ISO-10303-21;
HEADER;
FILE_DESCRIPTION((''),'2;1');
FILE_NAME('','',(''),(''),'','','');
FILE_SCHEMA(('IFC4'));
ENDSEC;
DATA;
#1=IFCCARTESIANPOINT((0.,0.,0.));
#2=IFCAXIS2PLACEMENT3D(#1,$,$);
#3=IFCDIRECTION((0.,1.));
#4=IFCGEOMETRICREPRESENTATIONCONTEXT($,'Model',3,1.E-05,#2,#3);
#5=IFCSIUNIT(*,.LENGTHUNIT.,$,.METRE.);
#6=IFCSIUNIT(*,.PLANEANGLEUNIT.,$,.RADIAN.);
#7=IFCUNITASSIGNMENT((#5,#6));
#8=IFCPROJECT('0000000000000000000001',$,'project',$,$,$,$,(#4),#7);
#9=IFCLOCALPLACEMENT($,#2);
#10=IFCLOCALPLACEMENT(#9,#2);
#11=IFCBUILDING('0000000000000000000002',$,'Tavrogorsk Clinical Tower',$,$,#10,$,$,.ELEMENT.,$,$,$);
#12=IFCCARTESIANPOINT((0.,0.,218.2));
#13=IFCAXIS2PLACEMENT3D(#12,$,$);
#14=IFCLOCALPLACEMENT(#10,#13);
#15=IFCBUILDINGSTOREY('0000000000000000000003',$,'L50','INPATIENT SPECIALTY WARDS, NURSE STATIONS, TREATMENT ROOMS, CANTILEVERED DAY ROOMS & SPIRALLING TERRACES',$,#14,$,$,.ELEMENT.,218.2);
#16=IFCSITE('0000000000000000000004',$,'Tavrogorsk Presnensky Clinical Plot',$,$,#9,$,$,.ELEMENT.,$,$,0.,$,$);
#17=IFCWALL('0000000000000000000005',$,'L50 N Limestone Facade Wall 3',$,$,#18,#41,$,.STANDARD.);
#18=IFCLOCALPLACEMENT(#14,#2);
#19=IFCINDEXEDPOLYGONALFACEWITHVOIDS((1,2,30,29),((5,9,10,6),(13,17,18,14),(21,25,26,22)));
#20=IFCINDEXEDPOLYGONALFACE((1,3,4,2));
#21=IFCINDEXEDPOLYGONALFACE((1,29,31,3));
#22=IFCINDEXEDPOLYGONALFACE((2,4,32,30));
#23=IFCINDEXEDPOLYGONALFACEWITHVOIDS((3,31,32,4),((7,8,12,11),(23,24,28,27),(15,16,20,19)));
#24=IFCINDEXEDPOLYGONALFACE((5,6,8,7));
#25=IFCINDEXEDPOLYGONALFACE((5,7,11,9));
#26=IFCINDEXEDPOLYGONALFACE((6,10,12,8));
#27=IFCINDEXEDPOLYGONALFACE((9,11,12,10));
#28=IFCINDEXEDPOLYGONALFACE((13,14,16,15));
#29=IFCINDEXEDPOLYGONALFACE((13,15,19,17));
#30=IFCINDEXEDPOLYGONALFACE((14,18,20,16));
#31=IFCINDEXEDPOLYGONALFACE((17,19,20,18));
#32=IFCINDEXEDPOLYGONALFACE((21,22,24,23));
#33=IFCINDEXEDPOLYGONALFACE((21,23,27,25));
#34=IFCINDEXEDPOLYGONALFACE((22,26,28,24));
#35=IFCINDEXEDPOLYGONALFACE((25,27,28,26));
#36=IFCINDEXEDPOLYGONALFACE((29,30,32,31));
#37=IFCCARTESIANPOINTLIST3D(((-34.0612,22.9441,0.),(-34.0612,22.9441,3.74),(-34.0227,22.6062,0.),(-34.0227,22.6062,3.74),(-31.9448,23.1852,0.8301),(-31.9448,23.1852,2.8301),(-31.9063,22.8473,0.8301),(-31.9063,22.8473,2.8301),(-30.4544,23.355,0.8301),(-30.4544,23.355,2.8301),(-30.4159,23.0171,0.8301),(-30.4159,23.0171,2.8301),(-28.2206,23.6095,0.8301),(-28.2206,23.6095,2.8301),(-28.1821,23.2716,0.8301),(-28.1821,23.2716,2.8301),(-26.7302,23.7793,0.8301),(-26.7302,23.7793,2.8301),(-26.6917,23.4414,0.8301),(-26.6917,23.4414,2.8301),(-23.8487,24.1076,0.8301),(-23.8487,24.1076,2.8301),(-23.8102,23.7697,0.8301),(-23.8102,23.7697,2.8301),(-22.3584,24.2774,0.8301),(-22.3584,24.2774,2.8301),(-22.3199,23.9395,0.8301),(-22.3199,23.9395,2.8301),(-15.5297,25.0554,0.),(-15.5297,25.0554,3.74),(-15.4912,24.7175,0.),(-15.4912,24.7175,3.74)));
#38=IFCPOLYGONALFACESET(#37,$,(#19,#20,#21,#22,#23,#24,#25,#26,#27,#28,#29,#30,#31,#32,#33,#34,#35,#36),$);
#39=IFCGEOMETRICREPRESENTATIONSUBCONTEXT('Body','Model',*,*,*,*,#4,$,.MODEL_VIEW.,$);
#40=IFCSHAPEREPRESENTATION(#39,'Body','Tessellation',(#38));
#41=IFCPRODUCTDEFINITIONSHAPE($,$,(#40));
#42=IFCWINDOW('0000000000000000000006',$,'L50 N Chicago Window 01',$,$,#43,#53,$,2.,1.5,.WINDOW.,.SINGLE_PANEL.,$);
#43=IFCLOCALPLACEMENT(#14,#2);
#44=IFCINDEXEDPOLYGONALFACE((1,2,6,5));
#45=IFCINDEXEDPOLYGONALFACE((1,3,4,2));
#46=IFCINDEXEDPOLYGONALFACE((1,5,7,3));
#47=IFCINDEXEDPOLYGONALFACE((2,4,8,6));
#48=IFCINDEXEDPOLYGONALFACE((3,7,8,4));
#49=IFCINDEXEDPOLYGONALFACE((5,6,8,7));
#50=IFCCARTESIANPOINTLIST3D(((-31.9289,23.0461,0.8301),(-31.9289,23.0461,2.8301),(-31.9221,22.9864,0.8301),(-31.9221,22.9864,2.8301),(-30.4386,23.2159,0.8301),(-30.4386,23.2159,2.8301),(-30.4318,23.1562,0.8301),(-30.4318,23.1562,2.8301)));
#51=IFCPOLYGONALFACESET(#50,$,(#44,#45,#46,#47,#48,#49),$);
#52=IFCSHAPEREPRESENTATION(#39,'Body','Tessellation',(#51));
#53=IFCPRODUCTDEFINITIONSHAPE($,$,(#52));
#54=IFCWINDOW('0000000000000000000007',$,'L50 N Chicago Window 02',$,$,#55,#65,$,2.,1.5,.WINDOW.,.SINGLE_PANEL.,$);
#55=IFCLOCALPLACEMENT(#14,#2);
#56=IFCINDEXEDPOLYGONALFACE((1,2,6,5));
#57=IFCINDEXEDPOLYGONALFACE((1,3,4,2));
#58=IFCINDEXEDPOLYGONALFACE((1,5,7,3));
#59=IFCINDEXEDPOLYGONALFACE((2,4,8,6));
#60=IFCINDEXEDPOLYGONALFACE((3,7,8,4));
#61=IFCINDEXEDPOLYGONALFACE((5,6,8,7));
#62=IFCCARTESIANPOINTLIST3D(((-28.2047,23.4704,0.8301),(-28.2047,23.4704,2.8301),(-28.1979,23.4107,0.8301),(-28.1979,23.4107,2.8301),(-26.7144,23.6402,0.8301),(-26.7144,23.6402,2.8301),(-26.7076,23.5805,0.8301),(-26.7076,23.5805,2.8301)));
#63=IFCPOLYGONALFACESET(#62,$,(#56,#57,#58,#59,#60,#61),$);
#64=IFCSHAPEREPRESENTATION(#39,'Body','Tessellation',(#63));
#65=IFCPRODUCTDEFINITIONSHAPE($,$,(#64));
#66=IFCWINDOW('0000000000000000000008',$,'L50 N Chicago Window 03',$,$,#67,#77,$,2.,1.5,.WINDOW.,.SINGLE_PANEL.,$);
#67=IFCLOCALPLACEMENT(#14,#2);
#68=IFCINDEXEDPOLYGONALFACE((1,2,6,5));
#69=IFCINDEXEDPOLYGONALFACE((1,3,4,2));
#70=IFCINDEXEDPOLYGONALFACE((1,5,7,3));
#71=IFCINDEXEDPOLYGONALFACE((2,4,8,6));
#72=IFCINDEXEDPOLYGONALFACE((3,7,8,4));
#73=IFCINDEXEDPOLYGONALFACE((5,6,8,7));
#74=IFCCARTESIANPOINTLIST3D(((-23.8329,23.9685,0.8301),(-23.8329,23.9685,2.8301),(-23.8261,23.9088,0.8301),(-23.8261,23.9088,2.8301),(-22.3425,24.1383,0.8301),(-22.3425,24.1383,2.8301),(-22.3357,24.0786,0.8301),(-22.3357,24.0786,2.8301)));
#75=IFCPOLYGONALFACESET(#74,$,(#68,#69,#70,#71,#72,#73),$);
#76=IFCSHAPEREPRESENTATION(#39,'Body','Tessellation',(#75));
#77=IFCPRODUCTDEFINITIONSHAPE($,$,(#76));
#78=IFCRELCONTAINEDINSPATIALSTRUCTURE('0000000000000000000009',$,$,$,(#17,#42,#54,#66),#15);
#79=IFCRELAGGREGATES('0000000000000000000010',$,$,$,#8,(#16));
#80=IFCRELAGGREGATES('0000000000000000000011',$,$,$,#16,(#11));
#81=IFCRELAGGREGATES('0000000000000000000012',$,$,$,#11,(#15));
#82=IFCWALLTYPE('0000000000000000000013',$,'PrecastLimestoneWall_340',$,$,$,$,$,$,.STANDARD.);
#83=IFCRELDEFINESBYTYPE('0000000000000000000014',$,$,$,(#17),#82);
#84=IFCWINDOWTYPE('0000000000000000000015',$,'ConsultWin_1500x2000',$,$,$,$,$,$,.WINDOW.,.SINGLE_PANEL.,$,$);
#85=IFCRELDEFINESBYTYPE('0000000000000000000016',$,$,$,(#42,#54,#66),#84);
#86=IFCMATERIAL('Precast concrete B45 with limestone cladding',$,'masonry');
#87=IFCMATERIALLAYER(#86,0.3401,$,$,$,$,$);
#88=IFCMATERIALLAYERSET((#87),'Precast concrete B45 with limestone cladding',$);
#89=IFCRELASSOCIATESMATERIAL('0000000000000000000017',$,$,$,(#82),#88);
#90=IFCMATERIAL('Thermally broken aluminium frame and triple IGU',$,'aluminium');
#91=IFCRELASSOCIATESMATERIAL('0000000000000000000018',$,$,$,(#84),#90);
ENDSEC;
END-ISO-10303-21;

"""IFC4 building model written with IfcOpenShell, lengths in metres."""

from ifc_helpers import new_model, si_unit, direction, frame, frame_2d, origin, place, context, subcontext, project, spatial, rectangle, extrude, material, layer, layer_set, type_object, element, fill, save


model = new_model("IFC4")

# Units and contexts
model_context = context("Model", 3, precision=1e-05, world=origin(), true_north=direction((0.0, 1.0)))
body_context = subcontext(model_context, "Body", "Model", "MODEL_VIEW")
ifc_project = project(units=[si_unit("LENGTHUNIT", "METRE"), si_unit("PLANEANGLEUNIT", "RADIAN")], contexts=[model_context])

# Site, building, storey
site_placement = place(None, origin())
site = spatial("IfcSite", under=ifc_project, at=site_placement, Name="Tavrogorsk Presnensky Clinical Plot", CompositionType="ELEMENT", RefElevation=0.0)
building_placement = place(site_placement, origin())
building = spatial("IfcBuilding", under=site, at=building_placement, Name="Tavrogorsk Clinical Tower", CompositionType="ELEMENT")
storey_placement = place(building_placement, frame((0.0, 0.0, 218.2)))
storey = spatial("IfcBuildingStorey", under=building, at=storey_placement, Name="L50", Description="INPATIENT SPECIALTY WARDS, NURSE STATIONS, TREATMENT ROOMS, CANTILEVERED DAY ROOMS & SPIRALLING TERRACES", CompositionType="ELEMENT", Elevation=218.2)

# Wall, openings, windows
ifc_material_1 = material(Name="Precast concrete B45 with limestone cladding", Category="masonry")
ifc_layer_1 = layer(ifc_material_1, 0.3401)
ifc_layer_set_1 = layer_set([ifc_layer_1], Name="Precast concrete B45 with limestone cladding")
wall_type_1 = type_object("IfcWallType", Name="PrecastLimestoneWall_340", PredefinedType="STANDARD", material=ifc_layer_set_1)
wall_1_placement = place(storey_placement, frame((-15.5105, 24.8865, 0.0), z_axis=(0.0, 0.0, 1.0), x_axis=(-0.993572, -0.1132, 0.0)))
wall_1 = element("IfcWall", 1, at=wall_1_placement, inside=storey, type_object=wall_type_1, Name="L50 N Limestone Facade Wall 3", PredefinedType="STANDARD", context=body_context, shape_type="SweptSolid", body=[
    extrude(rectangle(XDim=18.6514, YDim=0.3401, at=frame_2d((9.3257, 0.0))), origin(), (0.0, 0.0, 1.0), 3.74),
])
opening_1_placement = place(wall_1_placement, frame((15.0212, 0.0, 0.8301)))
opening_1 = element("IfcOpeningElement", 2, at=opening_1_placement, cuts=wall_1, PredefinedType="OPENING", context=body_context, shape_type="SweptSolid", body=[
    extrude(rectangle(XDim=1.5, YDim=2.0, at=frame_2d((0.75, 1.0))), frame((0.0, 0.1799, 0.0), z_axis=(0.0, -1.0, 0.0), x_axis=(1.0, 0.0, 0.0)), (0.0, 0.0, 1.0), 0.3601),
])
opening_2_placement = place(wall_1_placement, frame((11.2729, 0.0, 0.8301)))
opening_2 = element("IfcOpeningElement", 3, at=opening_2_placement, cuts=wall_1, PredefinedType="OPENING", context=body_context, shape_type="SweptSolid", body=[
    extrude(rectangle(XDim=1.5, YDim=2.0, at=frame_2d((0.75, 1.0))), frame((0.0, 0.1799, 0.0), z_axis=(0.0, -1.0, 0.0), x_axis=(1.0, 0.0, 0.0)), (0.0, 0.0, 1.0), 0.3601),
])
opening_3_placement = place(wall_1_placement, frame((6.8728, 0.0, 0.8301)))
opening_3 = element("IfcOpeningElement", 4, at=opening_3_placement, cuts=wall_1, PredefinedType="OPENING", context=body_context, shape_type="SweptSolid", body=[
    extrude(rectangle(XDim=1.5, YDim=2.0, at=frame_2d((0.75, 1.0))), frame((0.0, 0.1799, 0.0), z_axis=(0.0, -1.0, 0.0), x_axis=(1.0, 0.0, 0.0)), (0.0, 0.0, 1.0), 0.3601),
])
ifc_material_2 = material(Name="Thermally broken aluminium frame and triple IGU", Category="aluminium")
window_type = type_object("IfcWindowType", Name="ConsultWin_1500x2000", PartitioningType="SINGLE_PANEL", PredefinedType="WINDOW", material=ifc_material_2)
window_1_placement = place(opening_1_placement, origin())
window_1 = element("IfcWindow", 5, at=window_1_placement, inside=storey, type_object=window_type, Name="L50 N Chicago Window 01", OverallHeight=2.0, OverallWidth=1.5, PartitioningType="SINGLE_PANEL", PredefinedType="WINDOW", context=body_context, shape_type="SweptSolid", body=[
    extrude(rectangle(XDim=1.5, YDim=2.0, at=frame_2d((0.75, 1.0))), frame((0.0, 0.03, 0.0), z_axis=(0.0, -1.0, 0.0), x_axis=(1.0, 0.0, 0.0)), (0.0, 0.0, 1.0), 0.0601),
])
fill(opening_1, window_1)
window_2_placement = place(opening_2_placement, origin())
window_2 = element("IfcWindow", 6, at=window_2_placement, inside=storey, type_object=window_type, Name="L50 N Chicago Window 02", OverallHeight=2.0, OverallWidth=1.5, PartitioningType="SINGLE_PANEL", PredefinedType="WINDOW", context=body_context, shape_type="SweptSolid", body=[
    extrude(rectangle(XDim=1.5, YDim=2.0, at=frame_2d((0.75, 1.0))), frame((0.0, 0.03, 0.0), z_axis=(0.0, -1.0, 0.0), x_axis=(1.0, 0.0, 0.0)), (0.0, 0.0, 1.0), 0.0601),
])
fill(opening_2, window_2)
window_3_placement = place(opening_3_placement, origin())
window_3 = element("IfcWindow", 7, at=window_3_placement, inside=storey, type_object=window_type, Name="L50 N Chicago Window 03", OverallHeight=2.0, OverallWidth=1.5, PartitioningType="SINGLE_PANEL", PredefinedType="WINDOW", context=body_context, shape_type="SweptSolid", body=[
    extrude(rectangle(XDim=1.5, YDim=2.0, at=frame_2d((0.75, 1.0))), frame((0.0, 0.03, 0.0), z_axis=(0.0, -1.0, 0.0), x_axis=(1.0, 0.0, 0.0)), (0.0, 0.0, 1.0), 0.0601),
])
fill(opening_3, window_3)

save(model, "model.ifc")
